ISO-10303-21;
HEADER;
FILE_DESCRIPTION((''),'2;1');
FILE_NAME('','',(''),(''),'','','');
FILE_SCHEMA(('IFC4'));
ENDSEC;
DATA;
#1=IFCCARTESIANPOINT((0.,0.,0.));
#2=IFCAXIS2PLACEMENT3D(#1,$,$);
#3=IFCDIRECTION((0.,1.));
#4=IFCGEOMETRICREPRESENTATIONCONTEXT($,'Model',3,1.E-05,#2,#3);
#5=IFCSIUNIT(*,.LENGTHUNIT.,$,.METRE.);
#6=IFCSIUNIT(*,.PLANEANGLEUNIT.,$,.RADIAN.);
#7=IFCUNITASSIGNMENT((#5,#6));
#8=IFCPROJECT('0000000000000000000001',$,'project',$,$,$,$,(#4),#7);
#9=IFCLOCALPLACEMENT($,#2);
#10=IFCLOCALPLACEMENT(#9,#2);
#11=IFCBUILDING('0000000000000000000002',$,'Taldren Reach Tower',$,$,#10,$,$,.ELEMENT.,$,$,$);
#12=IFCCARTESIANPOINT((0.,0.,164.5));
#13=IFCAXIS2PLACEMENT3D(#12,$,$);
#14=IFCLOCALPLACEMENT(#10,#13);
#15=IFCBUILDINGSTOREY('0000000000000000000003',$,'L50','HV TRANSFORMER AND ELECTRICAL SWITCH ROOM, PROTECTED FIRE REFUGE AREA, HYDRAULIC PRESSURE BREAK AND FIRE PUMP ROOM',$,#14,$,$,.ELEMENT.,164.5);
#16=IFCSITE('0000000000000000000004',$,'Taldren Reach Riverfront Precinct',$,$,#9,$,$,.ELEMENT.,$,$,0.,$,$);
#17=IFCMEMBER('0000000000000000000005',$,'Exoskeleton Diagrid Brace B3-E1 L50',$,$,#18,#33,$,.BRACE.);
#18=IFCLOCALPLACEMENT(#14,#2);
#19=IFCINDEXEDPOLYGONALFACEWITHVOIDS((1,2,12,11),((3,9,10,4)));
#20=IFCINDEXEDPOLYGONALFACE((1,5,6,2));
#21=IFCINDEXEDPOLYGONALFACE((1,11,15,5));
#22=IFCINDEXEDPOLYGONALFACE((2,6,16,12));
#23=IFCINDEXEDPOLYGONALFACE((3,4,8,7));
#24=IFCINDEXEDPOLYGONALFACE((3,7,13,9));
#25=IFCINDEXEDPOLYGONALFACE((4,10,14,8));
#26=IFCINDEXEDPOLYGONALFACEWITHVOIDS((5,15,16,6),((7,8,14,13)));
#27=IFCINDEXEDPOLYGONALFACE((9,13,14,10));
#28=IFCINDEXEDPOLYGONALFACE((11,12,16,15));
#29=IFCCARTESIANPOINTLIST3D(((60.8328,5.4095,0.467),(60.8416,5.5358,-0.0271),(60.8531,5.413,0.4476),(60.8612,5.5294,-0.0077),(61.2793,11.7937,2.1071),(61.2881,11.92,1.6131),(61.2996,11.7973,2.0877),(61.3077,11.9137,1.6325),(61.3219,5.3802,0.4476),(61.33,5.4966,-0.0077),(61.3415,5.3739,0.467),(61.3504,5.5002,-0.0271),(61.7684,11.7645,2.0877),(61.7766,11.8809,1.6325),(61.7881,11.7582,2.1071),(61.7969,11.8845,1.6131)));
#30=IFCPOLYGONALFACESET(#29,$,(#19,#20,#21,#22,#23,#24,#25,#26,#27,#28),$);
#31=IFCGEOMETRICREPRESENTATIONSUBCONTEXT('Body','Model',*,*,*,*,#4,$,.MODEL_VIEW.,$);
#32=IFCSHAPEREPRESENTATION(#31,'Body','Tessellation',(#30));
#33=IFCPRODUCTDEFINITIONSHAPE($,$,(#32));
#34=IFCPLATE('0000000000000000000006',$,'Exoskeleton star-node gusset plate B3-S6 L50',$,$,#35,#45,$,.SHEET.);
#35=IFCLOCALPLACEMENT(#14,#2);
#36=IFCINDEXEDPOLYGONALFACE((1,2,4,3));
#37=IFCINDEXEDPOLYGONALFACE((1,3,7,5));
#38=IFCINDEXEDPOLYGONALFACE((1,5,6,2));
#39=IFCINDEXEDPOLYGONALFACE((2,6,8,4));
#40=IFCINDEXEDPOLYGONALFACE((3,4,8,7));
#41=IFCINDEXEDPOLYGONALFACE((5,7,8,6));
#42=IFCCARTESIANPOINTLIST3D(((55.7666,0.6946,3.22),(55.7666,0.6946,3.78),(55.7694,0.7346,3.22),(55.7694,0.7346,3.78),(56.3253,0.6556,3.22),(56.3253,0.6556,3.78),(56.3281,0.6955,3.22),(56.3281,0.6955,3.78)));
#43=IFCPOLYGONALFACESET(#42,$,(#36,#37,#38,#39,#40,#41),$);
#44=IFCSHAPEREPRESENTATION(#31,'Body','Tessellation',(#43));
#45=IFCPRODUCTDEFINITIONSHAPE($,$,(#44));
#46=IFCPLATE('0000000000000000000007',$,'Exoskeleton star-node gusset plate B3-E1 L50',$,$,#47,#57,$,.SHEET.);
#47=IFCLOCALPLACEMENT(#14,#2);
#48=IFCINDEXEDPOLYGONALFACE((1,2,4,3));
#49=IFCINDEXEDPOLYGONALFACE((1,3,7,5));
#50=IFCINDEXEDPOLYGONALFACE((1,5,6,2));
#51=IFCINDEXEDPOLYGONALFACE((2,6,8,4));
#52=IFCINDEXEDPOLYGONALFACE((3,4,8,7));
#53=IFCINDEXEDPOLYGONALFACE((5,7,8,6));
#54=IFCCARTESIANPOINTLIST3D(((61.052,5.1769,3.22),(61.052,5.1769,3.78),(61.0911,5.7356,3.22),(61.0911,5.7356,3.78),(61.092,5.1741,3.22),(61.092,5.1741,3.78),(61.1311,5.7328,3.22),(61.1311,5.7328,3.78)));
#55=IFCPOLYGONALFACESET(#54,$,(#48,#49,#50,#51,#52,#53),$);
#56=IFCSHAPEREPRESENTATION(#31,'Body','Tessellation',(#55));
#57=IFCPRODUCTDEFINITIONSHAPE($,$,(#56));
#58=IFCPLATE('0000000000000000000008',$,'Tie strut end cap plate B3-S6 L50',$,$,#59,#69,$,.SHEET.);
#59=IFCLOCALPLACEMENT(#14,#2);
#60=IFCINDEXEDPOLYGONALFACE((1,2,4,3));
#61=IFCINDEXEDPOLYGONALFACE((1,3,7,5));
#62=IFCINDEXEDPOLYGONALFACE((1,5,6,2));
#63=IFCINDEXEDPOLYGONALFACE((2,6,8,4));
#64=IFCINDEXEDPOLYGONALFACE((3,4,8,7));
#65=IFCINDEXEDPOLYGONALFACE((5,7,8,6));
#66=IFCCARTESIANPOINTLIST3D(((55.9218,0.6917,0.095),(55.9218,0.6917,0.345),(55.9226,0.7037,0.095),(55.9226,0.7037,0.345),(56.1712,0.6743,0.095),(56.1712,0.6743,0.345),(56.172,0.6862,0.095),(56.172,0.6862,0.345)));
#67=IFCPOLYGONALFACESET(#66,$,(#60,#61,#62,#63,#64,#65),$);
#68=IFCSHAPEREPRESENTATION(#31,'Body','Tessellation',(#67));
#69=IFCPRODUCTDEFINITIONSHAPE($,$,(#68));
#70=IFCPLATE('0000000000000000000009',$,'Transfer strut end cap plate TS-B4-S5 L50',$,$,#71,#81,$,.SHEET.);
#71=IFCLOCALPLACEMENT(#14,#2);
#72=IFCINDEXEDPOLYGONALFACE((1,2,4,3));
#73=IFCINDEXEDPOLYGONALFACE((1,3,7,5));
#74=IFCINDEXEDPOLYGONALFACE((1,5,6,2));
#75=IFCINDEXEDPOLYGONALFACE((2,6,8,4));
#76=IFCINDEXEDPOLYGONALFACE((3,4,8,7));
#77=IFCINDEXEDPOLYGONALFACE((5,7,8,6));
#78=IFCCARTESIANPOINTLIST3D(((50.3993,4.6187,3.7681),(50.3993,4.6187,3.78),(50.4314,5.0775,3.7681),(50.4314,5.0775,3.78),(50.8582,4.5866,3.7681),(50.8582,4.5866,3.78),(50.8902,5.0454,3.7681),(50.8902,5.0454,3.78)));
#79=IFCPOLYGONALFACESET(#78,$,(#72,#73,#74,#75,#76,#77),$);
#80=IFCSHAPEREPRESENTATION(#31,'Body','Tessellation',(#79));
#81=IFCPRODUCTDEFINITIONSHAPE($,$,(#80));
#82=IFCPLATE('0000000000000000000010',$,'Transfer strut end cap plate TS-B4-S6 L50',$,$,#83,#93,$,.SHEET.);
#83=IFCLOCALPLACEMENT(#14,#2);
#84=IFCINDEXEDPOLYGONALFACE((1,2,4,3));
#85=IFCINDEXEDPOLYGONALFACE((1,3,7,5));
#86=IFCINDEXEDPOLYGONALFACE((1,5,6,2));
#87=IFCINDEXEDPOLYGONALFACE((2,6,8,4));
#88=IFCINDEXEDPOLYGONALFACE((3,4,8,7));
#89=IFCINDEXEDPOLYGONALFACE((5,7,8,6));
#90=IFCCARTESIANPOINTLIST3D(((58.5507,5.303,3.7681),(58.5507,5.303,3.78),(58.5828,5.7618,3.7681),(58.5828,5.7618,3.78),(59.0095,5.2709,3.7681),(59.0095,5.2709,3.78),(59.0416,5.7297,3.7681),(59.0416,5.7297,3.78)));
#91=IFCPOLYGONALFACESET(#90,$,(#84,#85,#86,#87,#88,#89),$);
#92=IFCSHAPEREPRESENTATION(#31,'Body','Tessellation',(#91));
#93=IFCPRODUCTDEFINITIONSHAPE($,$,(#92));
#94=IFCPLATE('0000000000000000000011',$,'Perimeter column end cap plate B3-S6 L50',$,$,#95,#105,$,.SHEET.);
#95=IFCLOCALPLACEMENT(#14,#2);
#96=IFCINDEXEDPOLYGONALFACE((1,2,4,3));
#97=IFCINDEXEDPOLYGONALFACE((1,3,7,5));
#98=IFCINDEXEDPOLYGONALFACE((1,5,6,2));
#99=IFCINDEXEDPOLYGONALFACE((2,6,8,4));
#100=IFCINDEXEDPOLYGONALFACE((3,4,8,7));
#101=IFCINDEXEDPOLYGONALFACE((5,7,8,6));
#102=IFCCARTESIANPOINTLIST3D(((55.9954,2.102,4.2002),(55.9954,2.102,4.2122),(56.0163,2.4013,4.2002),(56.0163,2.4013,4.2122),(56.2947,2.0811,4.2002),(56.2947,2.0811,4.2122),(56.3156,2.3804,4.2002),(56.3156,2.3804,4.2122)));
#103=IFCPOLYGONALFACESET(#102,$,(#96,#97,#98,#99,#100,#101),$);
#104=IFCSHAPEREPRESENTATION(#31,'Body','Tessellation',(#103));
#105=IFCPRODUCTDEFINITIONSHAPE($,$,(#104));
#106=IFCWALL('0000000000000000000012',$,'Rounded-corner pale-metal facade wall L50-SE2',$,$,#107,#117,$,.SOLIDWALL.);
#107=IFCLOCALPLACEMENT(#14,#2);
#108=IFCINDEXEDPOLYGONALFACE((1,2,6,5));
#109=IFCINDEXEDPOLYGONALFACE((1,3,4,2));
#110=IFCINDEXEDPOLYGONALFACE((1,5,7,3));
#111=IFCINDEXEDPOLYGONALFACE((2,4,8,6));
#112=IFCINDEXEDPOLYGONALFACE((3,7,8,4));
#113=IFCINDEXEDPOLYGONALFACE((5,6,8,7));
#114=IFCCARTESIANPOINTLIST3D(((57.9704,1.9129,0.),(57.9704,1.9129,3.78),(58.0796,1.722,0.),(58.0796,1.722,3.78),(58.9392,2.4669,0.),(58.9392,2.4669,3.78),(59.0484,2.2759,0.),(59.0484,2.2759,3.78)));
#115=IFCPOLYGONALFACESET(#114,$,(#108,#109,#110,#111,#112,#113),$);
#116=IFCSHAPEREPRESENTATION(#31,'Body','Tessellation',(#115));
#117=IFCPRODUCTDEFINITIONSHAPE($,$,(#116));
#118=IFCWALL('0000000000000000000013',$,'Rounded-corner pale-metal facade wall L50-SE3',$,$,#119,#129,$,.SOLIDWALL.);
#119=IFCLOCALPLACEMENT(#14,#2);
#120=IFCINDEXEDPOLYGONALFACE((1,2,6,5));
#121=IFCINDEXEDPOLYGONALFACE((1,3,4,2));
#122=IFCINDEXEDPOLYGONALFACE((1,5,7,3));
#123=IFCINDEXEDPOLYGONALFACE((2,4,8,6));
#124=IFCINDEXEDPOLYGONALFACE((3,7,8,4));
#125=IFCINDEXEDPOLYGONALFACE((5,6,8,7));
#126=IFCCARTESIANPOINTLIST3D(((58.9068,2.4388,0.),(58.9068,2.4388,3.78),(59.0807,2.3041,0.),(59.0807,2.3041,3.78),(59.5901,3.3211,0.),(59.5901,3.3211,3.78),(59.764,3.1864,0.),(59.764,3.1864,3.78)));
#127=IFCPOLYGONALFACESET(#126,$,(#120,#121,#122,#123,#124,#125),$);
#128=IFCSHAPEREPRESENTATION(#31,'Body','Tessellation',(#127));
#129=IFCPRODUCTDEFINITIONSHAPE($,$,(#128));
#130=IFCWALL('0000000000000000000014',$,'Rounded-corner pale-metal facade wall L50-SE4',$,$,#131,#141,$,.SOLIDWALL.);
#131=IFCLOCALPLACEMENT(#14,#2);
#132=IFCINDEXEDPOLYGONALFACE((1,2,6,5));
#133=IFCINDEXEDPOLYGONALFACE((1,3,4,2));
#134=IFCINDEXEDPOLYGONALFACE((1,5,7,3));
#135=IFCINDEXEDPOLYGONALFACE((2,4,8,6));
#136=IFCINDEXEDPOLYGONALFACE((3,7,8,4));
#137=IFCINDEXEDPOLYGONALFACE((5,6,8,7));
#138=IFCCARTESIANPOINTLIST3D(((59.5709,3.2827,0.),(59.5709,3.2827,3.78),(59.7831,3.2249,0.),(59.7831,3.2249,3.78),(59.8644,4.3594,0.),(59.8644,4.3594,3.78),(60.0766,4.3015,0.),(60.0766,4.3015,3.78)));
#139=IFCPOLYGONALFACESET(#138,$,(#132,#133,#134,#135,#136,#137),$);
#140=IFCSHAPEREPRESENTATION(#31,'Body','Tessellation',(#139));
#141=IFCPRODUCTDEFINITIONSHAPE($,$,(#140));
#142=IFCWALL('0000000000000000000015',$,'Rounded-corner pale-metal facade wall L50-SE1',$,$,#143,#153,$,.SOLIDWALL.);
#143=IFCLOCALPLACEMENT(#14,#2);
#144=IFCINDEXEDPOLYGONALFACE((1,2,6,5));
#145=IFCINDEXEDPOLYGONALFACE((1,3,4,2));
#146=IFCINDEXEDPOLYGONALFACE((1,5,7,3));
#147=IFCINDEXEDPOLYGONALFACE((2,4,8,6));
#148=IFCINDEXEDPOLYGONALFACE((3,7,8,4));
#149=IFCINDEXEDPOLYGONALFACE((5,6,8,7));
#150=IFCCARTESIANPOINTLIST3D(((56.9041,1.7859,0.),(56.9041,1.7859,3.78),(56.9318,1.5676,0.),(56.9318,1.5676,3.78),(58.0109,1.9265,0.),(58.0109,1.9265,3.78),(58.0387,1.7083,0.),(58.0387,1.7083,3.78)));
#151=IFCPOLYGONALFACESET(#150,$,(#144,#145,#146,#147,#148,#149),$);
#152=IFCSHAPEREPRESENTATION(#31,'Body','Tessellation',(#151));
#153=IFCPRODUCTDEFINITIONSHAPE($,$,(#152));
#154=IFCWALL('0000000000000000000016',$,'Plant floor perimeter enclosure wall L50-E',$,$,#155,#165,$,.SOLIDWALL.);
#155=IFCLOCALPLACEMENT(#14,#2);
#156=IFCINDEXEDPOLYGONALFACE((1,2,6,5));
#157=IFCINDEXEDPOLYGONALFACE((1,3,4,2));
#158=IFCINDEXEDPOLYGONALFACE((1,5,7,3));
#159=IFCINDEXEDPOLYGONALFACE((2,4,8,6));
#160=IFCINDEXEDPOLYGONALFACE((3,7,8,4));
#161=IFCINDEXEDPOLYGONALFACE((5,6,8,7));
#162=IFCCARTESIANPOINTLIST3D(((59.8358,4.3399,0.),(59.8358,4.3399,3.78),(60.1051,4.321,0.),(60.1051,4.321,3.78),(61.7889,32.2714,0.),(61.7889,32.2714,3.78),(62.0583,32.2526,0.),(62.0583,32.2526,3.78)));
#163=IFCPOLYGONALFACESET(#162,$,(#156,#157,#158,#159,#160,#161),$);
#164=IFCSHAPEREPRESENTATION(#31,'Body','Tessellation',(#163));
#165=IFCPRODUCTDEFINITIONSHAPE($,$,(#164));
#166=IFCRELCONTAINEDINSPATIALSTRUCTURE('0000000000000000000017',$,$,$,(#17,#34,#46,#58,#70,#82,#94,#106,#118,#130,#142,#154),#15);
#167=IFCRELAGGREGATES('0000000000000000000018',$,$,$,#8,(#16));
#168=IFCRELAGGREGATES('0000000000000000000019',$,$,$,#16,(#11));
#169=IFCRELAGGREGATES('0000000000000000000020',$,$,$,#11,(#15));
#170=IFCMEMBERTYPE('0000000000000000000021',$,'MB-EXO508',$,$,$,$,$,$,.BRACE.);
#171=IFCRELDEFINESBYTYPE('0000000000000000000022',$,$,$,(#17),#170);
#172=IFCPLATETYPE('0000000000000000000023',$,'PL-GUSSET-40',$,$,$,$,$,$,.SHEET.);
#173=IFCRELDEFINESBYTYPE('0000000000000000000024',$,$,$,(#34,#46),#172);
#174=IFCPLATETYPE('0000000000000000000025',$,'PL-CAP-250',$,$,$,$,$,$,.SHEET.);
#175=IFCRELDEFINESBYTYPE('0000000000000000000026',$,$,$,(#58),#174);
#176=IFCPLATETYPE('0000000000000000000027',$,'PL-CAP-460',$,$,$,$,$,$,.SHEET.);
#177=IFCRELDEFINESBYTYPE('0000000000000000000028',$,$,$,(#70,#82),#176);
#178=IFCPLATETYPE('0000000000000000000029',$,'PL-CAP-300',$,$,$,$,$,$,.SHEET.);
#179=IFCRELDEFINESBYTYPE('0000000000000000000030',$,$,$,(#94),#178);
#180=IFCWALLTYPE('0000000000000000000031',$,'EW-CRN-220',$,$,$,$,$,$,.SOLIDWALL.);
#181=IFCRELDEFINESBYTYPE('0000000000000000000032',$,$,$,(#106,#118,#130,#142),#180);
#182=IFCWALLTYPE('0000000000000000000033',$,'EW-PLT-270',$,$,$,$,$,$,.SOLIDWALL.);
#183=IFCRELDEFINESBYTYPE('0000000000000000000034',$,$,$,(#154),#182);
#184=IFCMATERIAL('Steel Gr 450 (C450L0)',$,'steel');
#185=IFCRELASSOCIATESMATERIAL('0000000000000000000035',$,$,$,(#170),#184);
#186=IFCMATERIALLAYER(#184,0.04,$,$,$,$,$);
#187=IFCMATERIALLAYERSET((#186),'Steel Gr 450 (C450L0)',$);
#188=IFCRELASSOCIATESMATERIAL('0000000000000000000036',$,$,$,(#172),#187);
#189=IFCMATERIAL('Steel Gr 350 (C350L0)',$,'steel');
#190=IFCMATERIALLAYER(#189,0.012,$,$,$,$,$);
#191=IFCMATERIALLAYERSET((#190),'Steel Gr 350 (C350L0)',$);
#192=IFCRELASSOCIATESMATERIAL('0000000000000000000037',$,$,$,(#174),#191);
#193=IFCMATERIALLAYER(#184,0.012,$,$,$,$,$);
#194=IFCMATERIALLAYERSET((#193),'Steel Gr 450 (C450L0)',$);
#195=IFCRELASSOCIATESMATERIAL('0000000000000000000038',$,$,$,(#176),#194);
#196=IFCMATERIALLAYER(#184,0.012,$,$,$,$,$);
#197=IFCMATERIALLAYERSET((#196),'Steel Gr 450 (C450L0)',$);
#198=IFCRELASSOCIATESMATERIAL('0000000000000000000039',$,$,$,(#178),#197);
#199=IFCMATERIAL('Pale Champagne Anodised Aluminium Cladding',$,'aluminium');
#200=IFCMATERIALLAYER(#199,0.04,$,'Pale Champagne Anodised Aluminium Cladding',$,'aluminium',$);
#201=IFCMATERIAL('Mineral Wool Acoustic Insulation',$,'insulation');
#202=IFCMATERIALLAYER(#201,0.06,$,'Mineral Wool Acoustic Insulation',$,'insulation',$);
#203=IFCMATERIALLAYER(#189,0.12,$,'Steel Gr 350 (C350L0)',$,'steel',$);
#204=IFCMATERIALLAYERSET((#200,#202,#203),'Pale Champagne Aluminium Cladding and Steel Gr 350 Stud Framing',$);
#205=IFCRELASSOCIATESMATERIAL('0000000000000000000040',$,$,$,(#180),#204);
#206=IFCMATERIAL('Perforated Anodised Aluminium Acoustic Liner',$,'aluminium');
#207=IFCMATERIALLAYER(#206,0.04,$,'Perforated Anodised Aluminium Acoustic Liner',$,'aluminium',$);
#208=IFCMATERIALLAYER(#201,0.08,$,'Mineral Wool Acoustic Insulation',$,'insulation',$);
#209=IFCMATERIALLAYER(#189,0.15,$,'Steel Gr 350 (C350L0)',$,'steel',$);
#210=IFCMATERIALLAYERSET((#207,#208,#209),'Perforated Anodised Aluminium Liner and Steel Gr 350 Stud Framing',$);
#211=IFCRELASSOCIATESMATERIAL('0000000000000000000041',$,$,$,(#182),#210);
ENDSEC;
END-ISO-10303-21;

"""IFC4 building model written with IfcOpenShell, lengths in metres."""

from ifc_helpers import new_model, si_unit, direction, frame, frame_2d, origin, origin_2d, place, context, subcontext, project, spatial, rectangle, hollow_rectangle, extrude, source, transform, mapped, material, layer, layer_set, material_profile, profile_set, type_object, element, save


model = new_model("IFC4")

# Units and contexts
model_context = context("Model", 3, precision=1e-05, world=origin(), true_north=direction((0.0, 1.0)))
body_context = subcontext(model_context, "Body", "Model", "MODEL_VIEW")
ifc_project = project(units=[si_unit("LENGTHUNIT", "METRE"), si_unit("PLANEANGLEUNIT", "RADIAN")], contexts=[model_context])

# Site, building, storey
site_placement = place(None, origin())
site = spatial("IfcSite", under=ifc_project, at=site_placement, Name="Taldren Reach Riverfront Precinct", CompositionType="ELEMENT", RefElevation=0.0)
building_placement = place(site_placement, origin())
building = spatial("IfcBuilding", under=site, at=building_placement, Name="Taldren Reach Tower", CompositionType="ELEMENT")
storey_placement = place(building_placement, frame((0.0, 0.0, 164.5)))
storey = spatial("IfcBuildingStorey", under=building, at=storey_placement, Name="L50", Description="HV TRANSFORMER AND ELECTRICAL SWITCH ROOM, PROTECTED FIRE REFUGE AREA, HYDRAULIC PRESSURE BREAK AND FIRE PUMP ROOM", CompositionType="ELEMENT", Elevation=164.5)

# Shared definitions
ifc_material_1 = material(Name="Steel Gr 450 (C450L0)", Category="steel")

# Shared definitions
ifc_material_2 = material(Name="Steel Gr 350 (C350L0)", Category="steel")

# Member
ifc_material_profile_1 = material_profile(ifc_material_1, hollow_rectangle(XDim=0.51, YDim=0.51, WallThickness=0.02, at=origin_2d()), Name="510x510x20.0SHS")
ifc_profile_set_1 = profile_set([ifc_material_profile_1], Name="Steel Gr 450 (C450L0)")
member_type_1 = type_object("IfcMemberType", Name="MB-EXO508", PredefinedType="BRACE", material=ifc_profile_set_1)
shared_shape_1 = source(origin(), body_context, "Body", "SweptSolid", [
    extrude(hollow_rectangle(XDim=0.51, YDim=0.51, WallThickness=0.02, at=origin_2d()), origin(), (0.0, 0.0, 1.0), 6.6067),
])
member_1_placement = place(storey_placement, frame((61.0916, 5.4548, 0.22), z_axis=(0.067588, 0.966334, 0.248254), x_axis=(-0.997563, 0.069772, 0.0)))
element("IfcMember", 1, at=member_1_placement, inside=storey, type_object=member_type_1, Name="Exoskeleton Diagrid Brace B3-E1 L50", PredefinedType="BRACE", context=body_context, shape_type="MappedRepresentation", body=[
    mapped(shared_shape_1, transform((0.0, 0.0, 0.0), scale=1.0)),
])

# Plates
ifc_layer_1 = layer(ifc_material_1, 0.04)
ifc_layer_set_1 = layer_set([ifc_layer_1], Name="Steel Gr 450 (C450L0)")
plate_type_1 = type_object("IfcPlateType", Name="PL-GUSSET-40", PredefinedType="SHEET", material=ifc_layer_set_1)
shared_shape_2 = source(origin(), body_context, "Body", "SweptSolid", [
    extrude(rectangle(XDim=0.5601, YDim=0.04, at=origin_2d()), origin(), (0.0, 0.0, 1.0), 0.5601),
])
for number, where, z_axis, x_axis, name in (
    (2, (56.0474, 0.6951, 3.22), (0.0, 0.0, 1.0), (0.997564, -0.069756, 0.0), "Exoskeleton star-node gusset plate B3-S6 L50"),
    (3, (61.0916, 5.4548, 3.22), (0.0, 0.0, 1.0), (0.069756, 0.997564, 0.0), "Exoskeleton star-node gusset plate B3-E1 L50"),
):
    element("IfcPlate", number, at=place(storey_placement, frame(where, z_axis=z_axis, x_axis=x_axis)), inside=storey, type_object=plate_type_1, Name=name, PredefinedType="SHEET", context=body_context, shape_type="MappedRepresentation", body=[
        mapped(shared_shape_2, transform((0.0, 0.0, 0.0), scale=1.0)),
    ])
ifc_layer_2 = layer(ifc_material_2, 0.012)
ifc_layer_set_2 = layer_set([ifc_layer_2], Name="Steel Gr 350 (C350L0)")
plate_type_2 = type_object("IfcPlateType", Name="PL-CAP-250", PredefinedType="SHEET", material=ifc_layer_set_2)
shared_shape_3 = source(origin(), body_context, "Body", "SweptSolid", [
    extrude(rectangle(XDim=0.25, YDim=0.012, at=origin_2d()), origin(), (0.0, 0.0, 1.0), 0.25),
])
plate_1_placement = place(storey_placement, frame((56.0469, 0.689, 0.095), z_axis=(0.0, 0.0, 1.0), x_axis=(0.997564, -0.069756, 0.0)))
element("IfcPlate", 4, at=plate_1_placement, inside=storey, type_object=plate_type_2, Name="Tie strut end cap plate B3-S6 L50", PredefinedType="SHEET", context=body_context, shape_type="MappedRepresentation", body=[
    mapped(shared_shape_3, transform((0.0, 0.0, 0.0), scale=1.0)),
])
ifc_layer_3 = layer(ifc_material_1, 0.012)
ifc_layer_set_3 = layer_set([ifc_layer_3], Name="Steel Gr 450 (C450L0)")
plate_type_3 = type_object("IfcPlateType", Name="PL-CAP-460", PredefinedType="SHEET", material=ifc_layer_set_3)
shared_shape_4 = source(origin(), body_context, "Body", "SweptSolid", [
    extrude(rectangle(XDim=0.46, YDim=0.46, at=origin_2d()), origin(), (0.0, 0.0, 1.0), 0.012),
])
for number, where, z_axis, x_axis, name in (
    (5, (50.6448, 4.832, 3.7681), (0.0, 0.0, 1.0), (0.997564, -0.069756, 0.0), "Transfer strut end cap plate TS-B4-S5 L50"),
    (6, (58.7961, 5.5164, 3.7681), (0.0, 0.0, 1.0), (0.997564, -0.069756, 0.0), "Transfer strut end cap plate TS-B4-S6 L50"),
):
    element("IfcPlate", number, at=place(storey_placement, frame(where, z_axis=z_axis, x_axis=x_axis)), inside=storey, type_object=plate_type_3, Name=name, PredefinedType="SHEET", context=body_context, shape_type="MappedRepresentation", body=[
        mapped(shared_shape_4, transform((0.0, 0.0, 0.0), scale=1.0)),
    ])
ifc_layer_4 = layer(ifc_material_1, 0.012)
ifc_layer_set_4 = layer_set([ifc_layer_4], Name="Steel Gr 450 (C450L0)")
plate_type_4 = type_object("IfcPlateType", Name="PL-CAP-300", PredefinedType="SHEET", material=ifc_layer_set_4)
shared_shape_5 = source(origin(), body_context, "Body", "SweptSolid", [
    extrude(rectangle(XDim=0.3, YDim=0.3, at=origin_2d()), origin(), (0.0, 0.0, 1.0), 0.012),
])
plate_2_placement = place(storey_placement, frame((56.1555, 2.2412, 4.2002), z_axis=(0.0, 0.0, 1.0), x_axis=(0.997564, -0.069756, 0.0)))
element("IfcPlate", 7, at=plate_2_placement, inside=storey, type_object=plate_type_4, Name="Perimeter column end cap plate B3-S6 L50", PredefinedType="SHEET", context=body_context, shape_type="MappedRepresentation", body=[
    mapped(shared_shape_5, transform((0.0, 0.0, 0.0), scale=1.0)),
])

# Walls
ifc_material_3 = material(Name="Pale Champagne Anodised Aluminium Cladding", Category="aluminium")
ifc_layer_5 = layer(ifc_material_3, 0.04, Name="Pale Champagne Anodised Aluminium Cladding", Category="aluminium")
ifc_material_4 = material(Name="Mineral Wool Acoustic Insulation", Category="insulation")
ifc_layer_6 = layer(ifc_material_4, 0.06, Name="Mineral Wool Acoustic Insulation", Category="insulation")
ifc_layer_7 = layer(ifc_material_2, 0.12, Name="Steel Gr 350 (C350L0)", Category="steel")
ifc_layer_set_5 = layer_set([ifc_layer_5, ifc_layer_6, ifc_layer_7], Name="Pale Champagne Aluminium Cladding and Steel Gr 350 Stud Framing")
wall_type_1 = type_object("IfcWallType", Name="EW-CRN-220", PredefinedType="SOLIDWALL", material=ifc_layer_set_5)
shared_shape_6 = source(origin(), body_context, "Body", "SweptSolid", [
    extrude(rectangle(XDim=1.116, YDim=0.22, at=frame_2d((0.5581, 0.0))), origin(), (0.0, 0.0, 1.0), 3.78),
])
for number, where, z_axis, x_axis, name in (
    (8, (58.0249, 1.8174, 0.0), (0.0, 0.0, 1.0), (0.868095, 0.496398, 0.0), "Rounded-corner pale-metal facade wall L50-SE2"),
    (9, (58.9937, 2.3713, 0.0), (0.0, 0.0, 1.0), (0.612319, 0.790611, 0.0), "Rounded-corner pale-metal facade wall L50-SE3"),
    (10, (59.677, 3.2537, 0.0), (0.0, 0.0, 1.0), (0.262969, 0.964804, 0.0), "Rounded-corner pale-metal facade wall L50-SE4"),
):
    element("IfcWall", number, at=place(storey_placement, frame(where, z_axis=z_axis, x_axis=x_axis)), inside=storey, type_object=wall_type_1, Name=name, PredefinedType="SOLIDWALL", context=body_context, shape_type="MappedRepresentation", body=[
        mapped(shared_shape_6, transform((0.0, 0.0, 0.0), scale=1.0)),
    ])
shared_shape_7 = source(origin(), body_context, "Body", "SweptSolid", [
    extrude(rectangle(XDim=1.1157, YDim=0.22, at=frame_2d((0.5579, 0.0))), origin(), (0.0, 0.0, 1.0), 3.78),
])
wall_1_placement = place(storey_placement, frame((56.918, 1.6768, 0.0), z_axis=(0.0, 0.0, 1.0), x_axis=(0.992027, 0.126027, 0.0)))
element("IfcWall", 11, at=wall_1_placement, inside=storey, type_object=wall_type_1, Name="Rounded-corner pale-metal facade wall L50-SE1", PredefinedType="SOLIDWALL", context=body_context, shape_type="MappedRepresentation", body=[
    mapped(shared_shape_7, transform((0.0, 0.0, 0.0), scale=1.0)),
])
ifc_material_5 = material(Name="Perforated Anodised Aluminium Acoustic Liner", Category="aluminium")
ifc_layer_8 = layer(ifc_material_5, 0.04, Name="Perforated Anodised Aluminium Acoustic Liner", Category="aluminium")
ifc_layer_9 = layer(ifc_material_4, 0.08, Name="Mineral Wool Acoustic Insulation", Category="insulation")
ifc_layer_10 = layer(ifc_material_2, 0.15, Name="Steel Gr 350 (C350L0)", Category="steel")
ifc_layer_set_6 = layer_set([ifc_layer_8, ifc_layer_9, ifc_layer_10], Name="Perforated Anodised Aluminium Liner and Steel Gr 350 Stud Framing")
wall_type_2 = type_object("IfcWallType", Name="EW-PLT-270", PredefinedType="SOLIDWALL", material=ifc_layer_set_6)
shared_shape_8 = source(origin(), body_context, "Body", "SweptSolid", [
    extrude(rectangle(XDim=27.9998, YDim=0.27, at=frame_2d((14.0, 0.0))), origin(), (0.0, 0.0, 1.0), 3.78),
])
wall_2_placement = place(storey_placement, frame((59.9705, 4.3303, 0.0), z_axis=(0.0, 0.0, 1.0), x_axis=(0.069755, 0.997564, 0.0)))
element("IfcWall", 12, at=wall_2_placement, inside=storey, type_object=wall_type_2, Name="Plant floor perimeter enclosure wall L50-E", PredefinedType="SOLIDWALL", context=body_context, shape_type="MappedRepresentation", body=[
    mapped(shared_shape_8, transform((0.0, 0.0, 0.0), scale=1.0)),
])

save(model, "model.ifc")
